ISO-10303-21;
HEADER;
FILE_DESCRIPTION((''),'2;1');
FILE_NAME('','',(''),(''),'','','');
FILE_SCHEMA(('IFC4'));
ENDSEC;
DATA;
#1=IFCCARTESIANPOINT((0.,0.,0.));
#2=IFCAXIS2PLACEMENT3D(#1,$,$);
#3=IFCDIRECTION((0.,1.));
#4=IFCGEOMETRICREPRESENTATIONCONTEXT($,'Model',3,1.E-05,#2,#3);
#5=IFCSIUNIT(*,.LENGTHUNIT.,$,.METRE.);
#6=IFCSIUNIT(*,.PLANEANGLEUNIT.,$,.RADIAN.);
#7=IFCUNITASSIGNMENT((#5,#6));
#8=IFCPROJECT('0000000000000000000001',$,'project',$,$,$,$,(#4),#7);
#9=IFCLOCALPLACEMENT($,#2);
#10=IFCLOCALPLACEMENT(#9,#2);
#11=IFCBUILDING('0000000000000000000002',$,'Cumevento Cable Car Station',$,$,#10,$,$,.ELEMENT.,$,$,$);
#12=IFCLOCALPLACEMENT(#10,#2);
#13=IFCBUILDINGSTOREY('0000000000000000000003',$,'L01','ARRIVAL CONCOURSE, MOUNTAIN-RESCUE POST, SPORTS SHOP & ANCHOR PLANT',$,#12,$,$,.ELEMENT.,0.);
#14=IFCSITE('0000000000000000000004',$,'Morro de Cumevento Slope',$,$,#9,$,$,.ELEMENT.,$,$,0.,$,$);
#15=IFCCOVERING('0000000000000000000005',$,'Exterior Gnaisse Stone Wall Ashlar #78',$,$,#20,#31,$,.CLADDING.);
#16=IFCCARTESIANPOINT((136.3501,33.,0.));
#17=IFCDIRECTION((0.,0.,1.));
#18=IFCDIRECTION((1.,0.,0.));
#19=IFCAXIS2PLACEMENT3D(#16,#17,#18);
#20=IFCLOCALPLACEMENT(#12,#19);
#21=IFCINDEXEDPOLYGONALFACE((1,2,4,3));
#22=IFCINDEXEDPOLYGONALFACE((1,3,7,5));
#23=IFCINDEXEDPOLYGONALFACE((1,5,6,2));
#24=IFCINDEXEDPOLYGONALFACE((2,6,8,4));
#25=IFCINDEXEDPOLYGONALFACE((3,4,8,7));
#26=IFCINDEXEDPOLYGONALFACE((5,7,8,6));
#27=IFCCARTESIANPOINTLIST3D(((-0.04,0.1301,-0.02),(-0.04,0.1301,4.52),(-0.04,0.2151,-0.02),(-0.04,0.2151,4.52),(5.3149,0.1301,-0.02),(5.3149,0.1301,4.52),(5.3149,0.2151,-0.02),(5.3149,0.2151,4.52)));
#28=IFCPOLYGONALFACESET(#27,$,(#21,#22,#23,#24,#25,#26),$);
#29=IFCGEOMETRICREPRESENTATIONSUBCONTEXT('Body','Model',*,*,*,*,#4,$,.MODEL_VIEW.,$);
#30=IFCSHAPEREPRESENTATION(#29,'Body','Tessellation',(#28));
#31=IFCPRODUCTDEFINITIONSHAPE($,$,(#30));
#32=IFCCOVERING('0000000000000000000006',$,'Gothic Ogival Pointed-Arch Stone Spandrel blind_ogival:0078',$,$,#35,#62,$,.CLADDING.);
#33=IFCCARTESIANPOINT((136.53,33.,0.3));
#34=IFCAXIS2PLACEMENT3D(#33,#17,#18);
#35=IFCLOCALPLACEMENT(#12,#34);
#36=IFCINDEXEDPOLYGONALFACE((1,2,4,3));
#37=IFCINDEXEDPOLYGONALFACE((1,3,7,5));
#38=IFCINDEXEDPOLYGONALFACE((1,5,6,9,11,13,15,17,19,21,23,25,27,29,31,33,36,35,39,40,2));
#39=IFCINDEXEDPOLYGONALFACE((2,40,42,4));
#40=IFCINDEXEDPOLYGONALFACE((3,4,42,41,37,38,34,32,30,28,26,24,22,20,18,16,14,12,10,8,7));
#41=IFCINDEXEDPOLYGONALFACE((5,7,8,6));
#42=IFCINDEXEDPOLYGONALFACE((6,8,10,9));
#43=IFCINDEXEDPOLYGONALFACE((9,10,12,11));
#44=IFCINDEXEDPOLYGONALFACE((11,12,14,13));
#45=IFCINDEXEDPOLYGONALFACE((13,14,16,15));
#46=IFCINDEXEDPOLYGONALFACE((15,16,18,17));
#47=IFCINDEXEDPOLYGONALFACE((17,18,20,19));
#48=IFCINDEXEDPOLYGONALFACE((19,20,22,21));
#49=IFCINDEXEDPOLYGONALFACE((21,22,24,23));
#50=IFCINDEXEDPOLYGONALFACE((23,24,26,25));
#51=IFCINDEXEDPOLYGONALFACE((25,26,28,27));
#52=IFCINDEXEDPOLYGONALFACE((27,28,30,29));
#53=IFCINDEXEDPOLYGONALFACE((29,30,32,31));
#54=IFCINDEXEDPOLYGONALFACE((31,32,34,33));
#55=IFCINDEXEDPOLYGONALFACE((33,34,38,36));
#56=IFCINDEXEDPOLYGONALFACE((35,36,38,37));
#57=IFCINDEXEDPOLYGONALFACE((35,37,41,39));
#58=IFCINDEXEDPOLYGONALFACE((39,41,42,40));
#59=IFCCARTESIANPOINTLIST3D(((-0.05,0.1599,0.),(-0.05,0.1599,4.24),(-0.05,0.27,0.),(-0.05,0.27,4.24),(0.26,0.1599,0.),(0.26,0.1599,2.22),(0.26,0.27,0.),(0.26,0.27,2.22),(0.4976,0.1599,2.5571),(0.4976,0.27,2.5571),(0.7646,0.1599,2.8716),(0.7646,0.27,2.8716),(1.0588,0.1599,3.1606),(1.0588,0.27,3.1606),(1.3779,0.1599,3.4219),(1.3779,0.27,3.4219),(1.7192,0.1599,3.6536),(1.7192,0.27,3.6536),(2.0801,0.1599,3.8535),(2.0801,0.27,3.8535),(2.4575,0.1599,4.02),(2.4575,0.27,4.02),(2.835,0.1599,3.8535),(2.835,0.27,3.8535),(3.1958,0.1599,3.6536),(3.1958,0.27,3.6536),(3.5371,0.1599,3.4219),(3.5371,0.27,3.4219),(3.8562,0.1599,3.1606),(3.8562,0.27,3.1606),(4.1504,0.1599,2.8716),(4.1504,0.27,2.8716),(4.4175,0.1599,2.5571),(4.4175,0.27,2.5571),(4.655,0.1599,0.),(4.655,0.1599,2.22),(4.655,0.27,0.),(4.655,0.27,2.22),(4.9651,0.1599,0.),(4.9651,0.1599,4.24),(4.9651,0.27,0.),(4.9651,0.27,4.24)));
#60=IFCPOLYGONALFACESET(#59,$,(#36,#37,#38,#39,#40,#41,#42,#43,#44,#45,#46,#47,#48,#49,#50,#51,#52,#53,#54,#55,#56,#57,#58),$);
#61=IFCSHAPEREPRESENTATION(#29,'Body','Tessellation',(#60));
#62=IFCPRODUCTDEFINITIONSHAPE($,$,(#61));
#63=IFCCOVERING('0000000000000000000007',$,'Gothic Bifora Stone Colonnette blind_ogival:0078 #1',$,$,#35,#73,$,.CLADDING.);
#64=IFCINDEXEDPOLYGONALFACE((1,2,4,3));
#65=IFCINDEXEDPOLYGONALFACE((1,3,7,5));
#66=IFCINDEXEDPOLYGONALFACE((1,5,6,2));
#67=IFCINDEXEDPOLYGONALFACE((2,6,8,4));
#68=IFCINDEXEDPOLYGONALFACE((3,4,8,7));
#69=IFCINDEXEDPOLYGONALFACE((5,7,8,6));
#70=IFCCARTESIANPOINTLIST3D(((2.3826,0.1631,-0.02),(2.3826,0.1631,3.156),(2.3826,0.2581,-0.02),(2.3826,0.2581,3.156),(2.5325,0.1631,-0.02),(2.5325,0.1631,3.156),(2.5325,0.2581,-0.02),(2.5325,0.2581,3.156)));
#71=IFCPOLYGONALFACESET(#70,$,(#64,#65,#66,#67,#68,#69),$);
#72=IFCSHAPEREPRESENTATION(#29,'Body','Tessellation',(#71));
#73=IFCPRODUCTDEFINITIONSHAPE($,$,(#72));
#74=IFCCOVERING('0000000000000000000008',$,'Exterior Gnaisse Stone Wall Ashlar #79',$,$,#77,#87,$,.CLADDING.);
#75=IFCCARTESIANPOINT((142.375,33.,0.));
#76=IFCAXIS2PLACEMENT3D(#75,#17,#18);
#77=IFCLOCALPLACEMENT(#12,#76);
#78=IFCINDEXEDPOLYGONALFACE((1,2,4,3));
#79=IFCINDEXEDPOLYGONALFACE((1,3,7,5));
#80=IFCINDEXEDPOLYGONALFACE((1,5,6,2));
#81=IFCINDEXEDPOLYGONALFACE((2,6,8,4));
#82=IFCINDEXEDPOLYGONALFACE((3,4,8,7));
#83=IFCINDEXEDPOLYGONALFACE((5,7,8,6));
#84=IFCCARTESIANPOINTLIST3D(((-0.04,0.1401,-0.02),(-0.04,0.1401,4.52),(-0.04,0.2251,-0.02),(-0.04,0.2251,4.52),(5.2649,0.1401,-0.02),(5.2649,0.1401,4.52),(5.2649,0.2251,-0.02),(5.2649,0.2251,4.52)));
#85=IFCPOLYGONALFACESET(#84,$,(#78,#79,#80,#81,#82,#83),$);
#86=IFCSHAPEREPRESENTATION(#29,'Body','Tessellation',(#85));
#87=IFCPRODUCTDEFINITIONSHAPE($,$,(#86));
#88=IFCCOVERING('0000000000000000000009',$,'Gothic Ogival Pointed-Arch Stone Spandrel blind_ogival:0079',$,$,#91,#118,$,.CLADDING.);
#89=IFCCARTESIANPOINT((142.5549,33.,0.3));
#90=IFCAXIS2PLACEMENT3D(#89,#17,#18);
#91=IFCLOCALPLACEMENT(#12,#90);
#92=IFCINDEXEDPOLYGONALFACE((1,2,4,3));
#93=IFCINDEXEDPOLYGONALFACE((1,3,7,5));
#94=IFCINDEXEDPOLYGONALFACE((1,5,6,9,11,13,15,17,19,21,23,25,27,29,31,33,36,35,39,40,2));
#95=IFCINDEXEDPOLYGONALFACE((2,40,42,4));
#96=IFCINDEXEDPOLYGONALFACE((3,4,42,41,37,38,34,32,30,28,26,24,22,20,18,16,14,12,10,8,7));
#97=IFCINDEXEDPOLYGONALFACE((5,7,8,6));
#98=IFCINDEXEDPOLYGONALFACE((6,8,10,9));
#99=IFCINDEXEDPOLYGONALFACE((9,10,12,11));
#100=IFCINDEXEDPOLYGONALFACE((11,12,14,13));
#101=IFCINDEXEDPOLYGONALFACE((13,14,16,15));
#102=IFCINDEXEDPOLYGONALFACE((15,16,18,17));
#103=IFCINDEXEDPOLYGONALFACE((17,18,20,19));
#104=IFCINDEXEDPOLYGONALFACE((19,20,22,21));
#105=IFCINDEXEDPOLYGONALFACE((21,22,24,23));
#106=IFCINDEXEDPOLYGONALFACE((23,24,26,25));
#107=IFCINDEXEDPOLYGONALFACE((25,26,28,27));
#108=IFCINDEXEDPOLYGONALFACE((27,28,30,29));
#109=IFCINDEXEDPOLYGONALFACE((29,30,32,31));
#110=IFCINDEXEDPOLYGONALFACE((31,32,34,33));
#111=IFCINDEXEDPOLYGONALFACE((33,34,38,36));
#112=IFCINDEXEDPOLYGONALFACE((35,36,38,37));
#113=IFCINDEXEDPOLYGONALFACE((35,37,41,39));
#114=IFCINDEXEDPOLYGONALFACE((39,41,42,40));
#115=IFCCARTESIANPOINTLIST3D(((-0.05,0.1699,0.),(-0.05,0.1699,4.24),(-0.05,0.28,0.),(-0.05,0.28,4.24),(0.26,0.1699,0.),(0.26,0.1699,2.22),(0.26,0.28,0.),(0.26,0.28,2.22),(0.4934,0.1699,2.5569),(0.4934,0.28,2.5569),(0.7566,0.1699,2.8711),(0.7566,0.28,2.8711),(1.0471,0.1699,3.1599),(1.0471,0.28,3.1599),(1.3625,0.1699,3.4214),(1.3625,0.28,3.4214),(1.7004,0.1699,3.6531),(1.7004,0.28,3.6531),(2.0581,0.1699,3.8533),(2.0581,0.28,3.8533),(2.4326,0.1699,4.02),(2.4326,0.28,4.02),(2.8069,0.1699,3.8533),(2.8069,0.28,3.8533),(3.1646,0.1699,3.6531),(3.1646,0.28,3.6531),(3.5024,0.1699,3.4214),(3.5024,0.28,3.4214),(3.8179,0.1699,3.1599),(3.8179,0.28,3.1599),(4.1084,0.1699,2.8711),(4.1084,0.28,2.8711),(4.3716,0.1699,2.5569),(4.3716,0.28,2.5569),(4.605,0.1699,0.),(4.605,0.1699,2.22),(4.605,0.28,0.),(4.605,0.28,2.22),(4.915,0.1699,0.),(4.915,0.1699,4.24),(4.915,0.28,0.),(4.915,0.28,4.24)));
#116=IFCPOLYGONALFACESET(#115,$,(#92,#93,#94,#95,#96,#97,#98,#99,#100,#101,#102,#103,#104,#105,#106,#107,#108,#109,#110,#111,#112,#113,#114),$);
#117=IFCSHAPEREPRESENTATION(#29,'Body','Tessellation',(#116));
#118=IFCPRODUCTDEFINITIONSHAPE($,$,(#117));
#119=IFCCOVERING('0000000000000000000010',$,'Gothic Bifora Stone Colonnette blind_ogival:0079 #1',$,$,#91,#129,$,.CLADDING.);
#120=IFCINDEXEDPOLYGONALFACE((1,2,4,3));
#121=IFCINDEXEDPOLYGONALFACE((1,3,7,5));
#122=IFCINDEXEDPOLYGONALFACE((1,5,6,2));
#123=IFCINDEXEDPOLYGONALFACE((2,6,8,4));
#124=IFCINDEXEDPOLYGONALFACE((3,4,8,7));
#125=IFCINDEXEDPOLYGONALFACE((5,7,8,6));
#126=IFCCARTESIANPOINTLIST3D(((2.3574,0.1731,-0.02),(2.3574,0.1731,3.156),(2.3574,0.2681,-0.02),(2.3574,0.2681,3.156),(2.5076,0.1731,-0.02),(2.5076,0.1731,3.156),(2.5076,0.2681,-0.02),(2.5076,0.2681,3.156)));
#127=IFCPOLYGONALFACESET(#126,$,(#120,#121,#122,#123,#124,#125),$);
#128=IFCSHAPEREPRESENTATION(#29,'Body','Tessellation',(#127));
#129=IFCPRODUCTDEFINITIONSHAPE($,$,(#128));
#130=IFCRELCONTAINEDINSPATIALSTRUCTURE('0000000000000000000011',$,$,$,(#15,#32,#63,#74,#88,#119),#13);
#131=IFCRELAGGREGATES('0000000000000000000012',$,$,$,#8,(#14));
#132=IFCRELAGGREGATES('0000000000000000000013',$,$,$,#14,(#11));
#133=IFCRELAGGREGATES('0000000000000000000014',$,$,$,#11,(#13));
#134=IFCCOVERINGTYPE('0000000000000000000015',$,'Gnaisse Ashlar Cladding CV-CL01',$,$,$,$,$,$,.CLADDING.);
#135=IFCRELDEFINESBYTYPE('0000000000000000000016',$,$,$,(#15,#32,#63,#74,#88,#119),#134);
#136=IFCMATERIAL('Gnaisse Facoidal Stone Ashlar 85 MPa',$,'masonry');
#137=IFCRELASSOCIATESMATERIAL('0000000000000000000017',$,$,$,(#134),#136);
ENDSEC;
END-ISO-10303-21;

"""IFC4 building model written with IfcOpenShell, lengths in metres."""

from ifc_helpers import new_model, si_unit, direction, frame, origin, place, context, subcontext, project, spatial, polyline, outline, extrude, material, type_object, element, save


model = new_model("IFC4")

# Units and contexts
model_context = context("Model", 3, precision=1e-05, world=origin(), true_north=direction((0.0, 1.0)))
body_context = subcontext(model_context, "Body", "Model", "MODEL_VIEW")
ifc_project = project(units=[si_unit("LENGTHUNIT", "METRE"), si_unit("PLANEANGLEUNIT", "RADIAN")], contexts=[model_context])

# Site, building, storey
site_placement = place(None, origin())
site = spatial("IfcSite", under=ifc_project, at=site_placement, Name="Morro de Cumevento Slope", CompositionType="ELEMENT", RefElevation=0.0)
building_placement = place(site_placement, origin())
building = spatial("IfcBuilding", under=site, at=building_placement, Name="Cumevento Cable Car Station", CompositionType="ELEMENT")
storey_placement = place(building_placement, origin())
storey = spatial("IfcBuildingStorey", under=building, at=storey_placement, Name="L01", Description="ARRIVAL CONCOURSE, MOUNTAIN-RESCUE POST, SPORTS SHOP & ANCHOR PLANT", CompositionType="ELEMENT", Elevation=0.0)

# Coverings
ifc_material_1 = material(Name="Gnaisse Facoidal Stone Ashlar 85 MPa", Category="masonry")
covering_type = type_object("IfcCoveringType", Name="Gnaisse Ashlar Cladding CV-CL01", PredefinedType="CLADDING", material=ifc_material_1)
covering_1_placement = place(storey_placement, frame((136.3501, 33.0, 0.0), z_axis=(0.0, 0.0, 1.0), x_axis=(1.0, 0.0, 0.0)))
element("IfcCovering", 1, at=covering_1_placement, inside=storey, type_object=covering_type, Name="Exterior Gnaisse Stone Wall Ashlar #78", PredefinedType="CLADDING", context=body_context, shape_type="SweptSolid", body=[
    extrude(outline(polyline([(-0.04, -0.02), (5.3149, -0.02), (5.3149, 4.52), (-0.04, 4.52), (-0.04, -0.02)])), frame((0.0, 0.2151, 0.0), z_axis=(0.0, -1.0, 0.0), x_axis=(1.0, 0.0, 0.0)), (0.0, 0.0, 1.0), 0.085),
])
placement_1 = place(storey_placement, frame((136.53, 33.0, 0.3), z_axis=(0.0, 0.0, 1.0), x_axis=(1.0, 0.0, 0.0)))
element("IfcCovering", 2, at=placement_1, inside=storey, type_object=covering_type, Name="Gothic Ogival Pointed-Arch Stone Spandrel blind_ogival:0078", PredefinedType="CLADDING", context=body_context, shape_type="SweptSolid", body=[
    extrude(outline(polyline([(-0.05, 0.0), (-0.05, 4.24), (4.9651, 4.24), (4.9651, 0.0), (4.655, 0.0), (4.655, 2.22), (4.4175, 2.5571), (4.1504, 2.8716), (3.8562, 3.1606), (3.5371, 3.4219), (3.1958, 3.6536), (2.835, 3.8535), (2.4575, 4.02), (2.0801, 3.8535), (1.7192, 3.6536), (1.3779, 3.4219), (1.0588, 3.1606), (0.7646, 2.8716), (0.4976, 2.5571), (0.26, 2.22), (0.26, 0.0), (-0.05, 0.0)])), frame((0.0, 0.27, 0.0), z_axis=(0.0, -1.0, 0.0), x_axis=(1.0, 0.0, 0.0)), (0.0, 0.0, 1.0), 0.1101),
])
element("IfcCovering", 3, at=placement_1, inside=storey, type_object=covering_type, Name="Gothic Bifora Stone Colonnette blind_ogival:0078 #1", PredefinedType="CLADDING", context=body_context, shape_type="SweptSolid", body=[
    extrude(outline(polyline([(2.3826, -0.02), (2.5325, -0.02), (2.5325, 3.156), (2.3826, 3.156), (2.3826, -0.02)])), frame((0.0, 0.2581, 0.0), z_axis=(0.0, -1.0, 0.0), x_axis=(1.0, 0.0, 0.0)), (0.0, 0.0, 1.0), 0.095),
])
covering_2_placement = place(storey_placement, frame((142.375, 33.0, 0.0), z_axis=(0.0, 0.0, 1.0), x_axis=(1.0, 0.0, 0.0)))
element("IfcCovering", 4, at=covering_2_placement, inside=storey, type_object=covering_type, Name="Exterior Gnaisse Stone Wall Ashlar #79", PredefinedType="CLADDING", context=body_context, shape_type="SweptSolid", body=[
    extrude(outline(polyline([(-0.04, -0.02), (5.2649, -0.02), (5.2649, 4.52), (-0.04, 4.52), (-0.04, -0.02)])), frame((0.0, 0.2251, 0.0), z_axis=(0.0, -1.0, 0.0), x_axis=(1.0, 0.0, 0.0)), (0.0, 0.0, 1.0), 0.085),
])
placement_2 = place(storey_placement, frame((142.5549, 33.0, 0.3), z_axis=(0.0, 0.0, 1.0), x_axis=(1.0, 0.0, 0.0)))
element("IfcCovering", 5, at=placement_2, inside=storey, type_object=covering_type, Name="Gothic Ogival Pointed-Arch Stone Spandrel blind_ogival:0079", PredefinedType="CLADDING", context=body_context, shape_type="SweptSolid", body=[
    extrude(outline(polyline([(-0.05, 0.0), (-0.05, 4.24), (4.915, 4.24), (4.915, 0.0), (4.605, 0.0), (4.605, 2.22), (4.3716, 2.5569), (4.1084, 2.8711), (3.8179, 3.1599), (3.5024, 3.4214), (3.1646, 3.6531), (2.8069, 3.8533), (2.4326, 4.02), (2.0581, 3.8533), (1.7004, 3.6531), (1.3625, 3.4214), (1.0471, 3.1599), (0.7566, 2.8711), (0.4934, 2.5569), (0.26, 2.22), (0.26, 0.0), (-0.05, 0.0)])), frame((0.0, 0.28, 0.0), z_axis=(0.0, -1.0, 0.0), x_axis=(1.0, 0.0, 0.0)), (0.0, 0.0, 1.0), 0.1101),
])
element("IfcCovering", 6, at=placement_2, inside=storey, type_object=covering_type, Name="Gothic Bifora Stone Colonnette blind_ogival:0079 #1", PredefinedType="CLADDING", context=body_context, shape_type="SweptSolid", body=[
    extrude(outline(polyline([(2.3574, -0.02), (2.5076, -0.02), (2.5076, 3.156), (2.3574, 3.156), (2.3574, -0.02)])), frame((0.0, 0.2681, 0.0), z_axis=(0.0, -1.0, 0.0), x_axis=(1.0, 0.0, 0.0)), (0.0, 0.0, 1.0), 0.095),
])

save(model, "model.ifc")
